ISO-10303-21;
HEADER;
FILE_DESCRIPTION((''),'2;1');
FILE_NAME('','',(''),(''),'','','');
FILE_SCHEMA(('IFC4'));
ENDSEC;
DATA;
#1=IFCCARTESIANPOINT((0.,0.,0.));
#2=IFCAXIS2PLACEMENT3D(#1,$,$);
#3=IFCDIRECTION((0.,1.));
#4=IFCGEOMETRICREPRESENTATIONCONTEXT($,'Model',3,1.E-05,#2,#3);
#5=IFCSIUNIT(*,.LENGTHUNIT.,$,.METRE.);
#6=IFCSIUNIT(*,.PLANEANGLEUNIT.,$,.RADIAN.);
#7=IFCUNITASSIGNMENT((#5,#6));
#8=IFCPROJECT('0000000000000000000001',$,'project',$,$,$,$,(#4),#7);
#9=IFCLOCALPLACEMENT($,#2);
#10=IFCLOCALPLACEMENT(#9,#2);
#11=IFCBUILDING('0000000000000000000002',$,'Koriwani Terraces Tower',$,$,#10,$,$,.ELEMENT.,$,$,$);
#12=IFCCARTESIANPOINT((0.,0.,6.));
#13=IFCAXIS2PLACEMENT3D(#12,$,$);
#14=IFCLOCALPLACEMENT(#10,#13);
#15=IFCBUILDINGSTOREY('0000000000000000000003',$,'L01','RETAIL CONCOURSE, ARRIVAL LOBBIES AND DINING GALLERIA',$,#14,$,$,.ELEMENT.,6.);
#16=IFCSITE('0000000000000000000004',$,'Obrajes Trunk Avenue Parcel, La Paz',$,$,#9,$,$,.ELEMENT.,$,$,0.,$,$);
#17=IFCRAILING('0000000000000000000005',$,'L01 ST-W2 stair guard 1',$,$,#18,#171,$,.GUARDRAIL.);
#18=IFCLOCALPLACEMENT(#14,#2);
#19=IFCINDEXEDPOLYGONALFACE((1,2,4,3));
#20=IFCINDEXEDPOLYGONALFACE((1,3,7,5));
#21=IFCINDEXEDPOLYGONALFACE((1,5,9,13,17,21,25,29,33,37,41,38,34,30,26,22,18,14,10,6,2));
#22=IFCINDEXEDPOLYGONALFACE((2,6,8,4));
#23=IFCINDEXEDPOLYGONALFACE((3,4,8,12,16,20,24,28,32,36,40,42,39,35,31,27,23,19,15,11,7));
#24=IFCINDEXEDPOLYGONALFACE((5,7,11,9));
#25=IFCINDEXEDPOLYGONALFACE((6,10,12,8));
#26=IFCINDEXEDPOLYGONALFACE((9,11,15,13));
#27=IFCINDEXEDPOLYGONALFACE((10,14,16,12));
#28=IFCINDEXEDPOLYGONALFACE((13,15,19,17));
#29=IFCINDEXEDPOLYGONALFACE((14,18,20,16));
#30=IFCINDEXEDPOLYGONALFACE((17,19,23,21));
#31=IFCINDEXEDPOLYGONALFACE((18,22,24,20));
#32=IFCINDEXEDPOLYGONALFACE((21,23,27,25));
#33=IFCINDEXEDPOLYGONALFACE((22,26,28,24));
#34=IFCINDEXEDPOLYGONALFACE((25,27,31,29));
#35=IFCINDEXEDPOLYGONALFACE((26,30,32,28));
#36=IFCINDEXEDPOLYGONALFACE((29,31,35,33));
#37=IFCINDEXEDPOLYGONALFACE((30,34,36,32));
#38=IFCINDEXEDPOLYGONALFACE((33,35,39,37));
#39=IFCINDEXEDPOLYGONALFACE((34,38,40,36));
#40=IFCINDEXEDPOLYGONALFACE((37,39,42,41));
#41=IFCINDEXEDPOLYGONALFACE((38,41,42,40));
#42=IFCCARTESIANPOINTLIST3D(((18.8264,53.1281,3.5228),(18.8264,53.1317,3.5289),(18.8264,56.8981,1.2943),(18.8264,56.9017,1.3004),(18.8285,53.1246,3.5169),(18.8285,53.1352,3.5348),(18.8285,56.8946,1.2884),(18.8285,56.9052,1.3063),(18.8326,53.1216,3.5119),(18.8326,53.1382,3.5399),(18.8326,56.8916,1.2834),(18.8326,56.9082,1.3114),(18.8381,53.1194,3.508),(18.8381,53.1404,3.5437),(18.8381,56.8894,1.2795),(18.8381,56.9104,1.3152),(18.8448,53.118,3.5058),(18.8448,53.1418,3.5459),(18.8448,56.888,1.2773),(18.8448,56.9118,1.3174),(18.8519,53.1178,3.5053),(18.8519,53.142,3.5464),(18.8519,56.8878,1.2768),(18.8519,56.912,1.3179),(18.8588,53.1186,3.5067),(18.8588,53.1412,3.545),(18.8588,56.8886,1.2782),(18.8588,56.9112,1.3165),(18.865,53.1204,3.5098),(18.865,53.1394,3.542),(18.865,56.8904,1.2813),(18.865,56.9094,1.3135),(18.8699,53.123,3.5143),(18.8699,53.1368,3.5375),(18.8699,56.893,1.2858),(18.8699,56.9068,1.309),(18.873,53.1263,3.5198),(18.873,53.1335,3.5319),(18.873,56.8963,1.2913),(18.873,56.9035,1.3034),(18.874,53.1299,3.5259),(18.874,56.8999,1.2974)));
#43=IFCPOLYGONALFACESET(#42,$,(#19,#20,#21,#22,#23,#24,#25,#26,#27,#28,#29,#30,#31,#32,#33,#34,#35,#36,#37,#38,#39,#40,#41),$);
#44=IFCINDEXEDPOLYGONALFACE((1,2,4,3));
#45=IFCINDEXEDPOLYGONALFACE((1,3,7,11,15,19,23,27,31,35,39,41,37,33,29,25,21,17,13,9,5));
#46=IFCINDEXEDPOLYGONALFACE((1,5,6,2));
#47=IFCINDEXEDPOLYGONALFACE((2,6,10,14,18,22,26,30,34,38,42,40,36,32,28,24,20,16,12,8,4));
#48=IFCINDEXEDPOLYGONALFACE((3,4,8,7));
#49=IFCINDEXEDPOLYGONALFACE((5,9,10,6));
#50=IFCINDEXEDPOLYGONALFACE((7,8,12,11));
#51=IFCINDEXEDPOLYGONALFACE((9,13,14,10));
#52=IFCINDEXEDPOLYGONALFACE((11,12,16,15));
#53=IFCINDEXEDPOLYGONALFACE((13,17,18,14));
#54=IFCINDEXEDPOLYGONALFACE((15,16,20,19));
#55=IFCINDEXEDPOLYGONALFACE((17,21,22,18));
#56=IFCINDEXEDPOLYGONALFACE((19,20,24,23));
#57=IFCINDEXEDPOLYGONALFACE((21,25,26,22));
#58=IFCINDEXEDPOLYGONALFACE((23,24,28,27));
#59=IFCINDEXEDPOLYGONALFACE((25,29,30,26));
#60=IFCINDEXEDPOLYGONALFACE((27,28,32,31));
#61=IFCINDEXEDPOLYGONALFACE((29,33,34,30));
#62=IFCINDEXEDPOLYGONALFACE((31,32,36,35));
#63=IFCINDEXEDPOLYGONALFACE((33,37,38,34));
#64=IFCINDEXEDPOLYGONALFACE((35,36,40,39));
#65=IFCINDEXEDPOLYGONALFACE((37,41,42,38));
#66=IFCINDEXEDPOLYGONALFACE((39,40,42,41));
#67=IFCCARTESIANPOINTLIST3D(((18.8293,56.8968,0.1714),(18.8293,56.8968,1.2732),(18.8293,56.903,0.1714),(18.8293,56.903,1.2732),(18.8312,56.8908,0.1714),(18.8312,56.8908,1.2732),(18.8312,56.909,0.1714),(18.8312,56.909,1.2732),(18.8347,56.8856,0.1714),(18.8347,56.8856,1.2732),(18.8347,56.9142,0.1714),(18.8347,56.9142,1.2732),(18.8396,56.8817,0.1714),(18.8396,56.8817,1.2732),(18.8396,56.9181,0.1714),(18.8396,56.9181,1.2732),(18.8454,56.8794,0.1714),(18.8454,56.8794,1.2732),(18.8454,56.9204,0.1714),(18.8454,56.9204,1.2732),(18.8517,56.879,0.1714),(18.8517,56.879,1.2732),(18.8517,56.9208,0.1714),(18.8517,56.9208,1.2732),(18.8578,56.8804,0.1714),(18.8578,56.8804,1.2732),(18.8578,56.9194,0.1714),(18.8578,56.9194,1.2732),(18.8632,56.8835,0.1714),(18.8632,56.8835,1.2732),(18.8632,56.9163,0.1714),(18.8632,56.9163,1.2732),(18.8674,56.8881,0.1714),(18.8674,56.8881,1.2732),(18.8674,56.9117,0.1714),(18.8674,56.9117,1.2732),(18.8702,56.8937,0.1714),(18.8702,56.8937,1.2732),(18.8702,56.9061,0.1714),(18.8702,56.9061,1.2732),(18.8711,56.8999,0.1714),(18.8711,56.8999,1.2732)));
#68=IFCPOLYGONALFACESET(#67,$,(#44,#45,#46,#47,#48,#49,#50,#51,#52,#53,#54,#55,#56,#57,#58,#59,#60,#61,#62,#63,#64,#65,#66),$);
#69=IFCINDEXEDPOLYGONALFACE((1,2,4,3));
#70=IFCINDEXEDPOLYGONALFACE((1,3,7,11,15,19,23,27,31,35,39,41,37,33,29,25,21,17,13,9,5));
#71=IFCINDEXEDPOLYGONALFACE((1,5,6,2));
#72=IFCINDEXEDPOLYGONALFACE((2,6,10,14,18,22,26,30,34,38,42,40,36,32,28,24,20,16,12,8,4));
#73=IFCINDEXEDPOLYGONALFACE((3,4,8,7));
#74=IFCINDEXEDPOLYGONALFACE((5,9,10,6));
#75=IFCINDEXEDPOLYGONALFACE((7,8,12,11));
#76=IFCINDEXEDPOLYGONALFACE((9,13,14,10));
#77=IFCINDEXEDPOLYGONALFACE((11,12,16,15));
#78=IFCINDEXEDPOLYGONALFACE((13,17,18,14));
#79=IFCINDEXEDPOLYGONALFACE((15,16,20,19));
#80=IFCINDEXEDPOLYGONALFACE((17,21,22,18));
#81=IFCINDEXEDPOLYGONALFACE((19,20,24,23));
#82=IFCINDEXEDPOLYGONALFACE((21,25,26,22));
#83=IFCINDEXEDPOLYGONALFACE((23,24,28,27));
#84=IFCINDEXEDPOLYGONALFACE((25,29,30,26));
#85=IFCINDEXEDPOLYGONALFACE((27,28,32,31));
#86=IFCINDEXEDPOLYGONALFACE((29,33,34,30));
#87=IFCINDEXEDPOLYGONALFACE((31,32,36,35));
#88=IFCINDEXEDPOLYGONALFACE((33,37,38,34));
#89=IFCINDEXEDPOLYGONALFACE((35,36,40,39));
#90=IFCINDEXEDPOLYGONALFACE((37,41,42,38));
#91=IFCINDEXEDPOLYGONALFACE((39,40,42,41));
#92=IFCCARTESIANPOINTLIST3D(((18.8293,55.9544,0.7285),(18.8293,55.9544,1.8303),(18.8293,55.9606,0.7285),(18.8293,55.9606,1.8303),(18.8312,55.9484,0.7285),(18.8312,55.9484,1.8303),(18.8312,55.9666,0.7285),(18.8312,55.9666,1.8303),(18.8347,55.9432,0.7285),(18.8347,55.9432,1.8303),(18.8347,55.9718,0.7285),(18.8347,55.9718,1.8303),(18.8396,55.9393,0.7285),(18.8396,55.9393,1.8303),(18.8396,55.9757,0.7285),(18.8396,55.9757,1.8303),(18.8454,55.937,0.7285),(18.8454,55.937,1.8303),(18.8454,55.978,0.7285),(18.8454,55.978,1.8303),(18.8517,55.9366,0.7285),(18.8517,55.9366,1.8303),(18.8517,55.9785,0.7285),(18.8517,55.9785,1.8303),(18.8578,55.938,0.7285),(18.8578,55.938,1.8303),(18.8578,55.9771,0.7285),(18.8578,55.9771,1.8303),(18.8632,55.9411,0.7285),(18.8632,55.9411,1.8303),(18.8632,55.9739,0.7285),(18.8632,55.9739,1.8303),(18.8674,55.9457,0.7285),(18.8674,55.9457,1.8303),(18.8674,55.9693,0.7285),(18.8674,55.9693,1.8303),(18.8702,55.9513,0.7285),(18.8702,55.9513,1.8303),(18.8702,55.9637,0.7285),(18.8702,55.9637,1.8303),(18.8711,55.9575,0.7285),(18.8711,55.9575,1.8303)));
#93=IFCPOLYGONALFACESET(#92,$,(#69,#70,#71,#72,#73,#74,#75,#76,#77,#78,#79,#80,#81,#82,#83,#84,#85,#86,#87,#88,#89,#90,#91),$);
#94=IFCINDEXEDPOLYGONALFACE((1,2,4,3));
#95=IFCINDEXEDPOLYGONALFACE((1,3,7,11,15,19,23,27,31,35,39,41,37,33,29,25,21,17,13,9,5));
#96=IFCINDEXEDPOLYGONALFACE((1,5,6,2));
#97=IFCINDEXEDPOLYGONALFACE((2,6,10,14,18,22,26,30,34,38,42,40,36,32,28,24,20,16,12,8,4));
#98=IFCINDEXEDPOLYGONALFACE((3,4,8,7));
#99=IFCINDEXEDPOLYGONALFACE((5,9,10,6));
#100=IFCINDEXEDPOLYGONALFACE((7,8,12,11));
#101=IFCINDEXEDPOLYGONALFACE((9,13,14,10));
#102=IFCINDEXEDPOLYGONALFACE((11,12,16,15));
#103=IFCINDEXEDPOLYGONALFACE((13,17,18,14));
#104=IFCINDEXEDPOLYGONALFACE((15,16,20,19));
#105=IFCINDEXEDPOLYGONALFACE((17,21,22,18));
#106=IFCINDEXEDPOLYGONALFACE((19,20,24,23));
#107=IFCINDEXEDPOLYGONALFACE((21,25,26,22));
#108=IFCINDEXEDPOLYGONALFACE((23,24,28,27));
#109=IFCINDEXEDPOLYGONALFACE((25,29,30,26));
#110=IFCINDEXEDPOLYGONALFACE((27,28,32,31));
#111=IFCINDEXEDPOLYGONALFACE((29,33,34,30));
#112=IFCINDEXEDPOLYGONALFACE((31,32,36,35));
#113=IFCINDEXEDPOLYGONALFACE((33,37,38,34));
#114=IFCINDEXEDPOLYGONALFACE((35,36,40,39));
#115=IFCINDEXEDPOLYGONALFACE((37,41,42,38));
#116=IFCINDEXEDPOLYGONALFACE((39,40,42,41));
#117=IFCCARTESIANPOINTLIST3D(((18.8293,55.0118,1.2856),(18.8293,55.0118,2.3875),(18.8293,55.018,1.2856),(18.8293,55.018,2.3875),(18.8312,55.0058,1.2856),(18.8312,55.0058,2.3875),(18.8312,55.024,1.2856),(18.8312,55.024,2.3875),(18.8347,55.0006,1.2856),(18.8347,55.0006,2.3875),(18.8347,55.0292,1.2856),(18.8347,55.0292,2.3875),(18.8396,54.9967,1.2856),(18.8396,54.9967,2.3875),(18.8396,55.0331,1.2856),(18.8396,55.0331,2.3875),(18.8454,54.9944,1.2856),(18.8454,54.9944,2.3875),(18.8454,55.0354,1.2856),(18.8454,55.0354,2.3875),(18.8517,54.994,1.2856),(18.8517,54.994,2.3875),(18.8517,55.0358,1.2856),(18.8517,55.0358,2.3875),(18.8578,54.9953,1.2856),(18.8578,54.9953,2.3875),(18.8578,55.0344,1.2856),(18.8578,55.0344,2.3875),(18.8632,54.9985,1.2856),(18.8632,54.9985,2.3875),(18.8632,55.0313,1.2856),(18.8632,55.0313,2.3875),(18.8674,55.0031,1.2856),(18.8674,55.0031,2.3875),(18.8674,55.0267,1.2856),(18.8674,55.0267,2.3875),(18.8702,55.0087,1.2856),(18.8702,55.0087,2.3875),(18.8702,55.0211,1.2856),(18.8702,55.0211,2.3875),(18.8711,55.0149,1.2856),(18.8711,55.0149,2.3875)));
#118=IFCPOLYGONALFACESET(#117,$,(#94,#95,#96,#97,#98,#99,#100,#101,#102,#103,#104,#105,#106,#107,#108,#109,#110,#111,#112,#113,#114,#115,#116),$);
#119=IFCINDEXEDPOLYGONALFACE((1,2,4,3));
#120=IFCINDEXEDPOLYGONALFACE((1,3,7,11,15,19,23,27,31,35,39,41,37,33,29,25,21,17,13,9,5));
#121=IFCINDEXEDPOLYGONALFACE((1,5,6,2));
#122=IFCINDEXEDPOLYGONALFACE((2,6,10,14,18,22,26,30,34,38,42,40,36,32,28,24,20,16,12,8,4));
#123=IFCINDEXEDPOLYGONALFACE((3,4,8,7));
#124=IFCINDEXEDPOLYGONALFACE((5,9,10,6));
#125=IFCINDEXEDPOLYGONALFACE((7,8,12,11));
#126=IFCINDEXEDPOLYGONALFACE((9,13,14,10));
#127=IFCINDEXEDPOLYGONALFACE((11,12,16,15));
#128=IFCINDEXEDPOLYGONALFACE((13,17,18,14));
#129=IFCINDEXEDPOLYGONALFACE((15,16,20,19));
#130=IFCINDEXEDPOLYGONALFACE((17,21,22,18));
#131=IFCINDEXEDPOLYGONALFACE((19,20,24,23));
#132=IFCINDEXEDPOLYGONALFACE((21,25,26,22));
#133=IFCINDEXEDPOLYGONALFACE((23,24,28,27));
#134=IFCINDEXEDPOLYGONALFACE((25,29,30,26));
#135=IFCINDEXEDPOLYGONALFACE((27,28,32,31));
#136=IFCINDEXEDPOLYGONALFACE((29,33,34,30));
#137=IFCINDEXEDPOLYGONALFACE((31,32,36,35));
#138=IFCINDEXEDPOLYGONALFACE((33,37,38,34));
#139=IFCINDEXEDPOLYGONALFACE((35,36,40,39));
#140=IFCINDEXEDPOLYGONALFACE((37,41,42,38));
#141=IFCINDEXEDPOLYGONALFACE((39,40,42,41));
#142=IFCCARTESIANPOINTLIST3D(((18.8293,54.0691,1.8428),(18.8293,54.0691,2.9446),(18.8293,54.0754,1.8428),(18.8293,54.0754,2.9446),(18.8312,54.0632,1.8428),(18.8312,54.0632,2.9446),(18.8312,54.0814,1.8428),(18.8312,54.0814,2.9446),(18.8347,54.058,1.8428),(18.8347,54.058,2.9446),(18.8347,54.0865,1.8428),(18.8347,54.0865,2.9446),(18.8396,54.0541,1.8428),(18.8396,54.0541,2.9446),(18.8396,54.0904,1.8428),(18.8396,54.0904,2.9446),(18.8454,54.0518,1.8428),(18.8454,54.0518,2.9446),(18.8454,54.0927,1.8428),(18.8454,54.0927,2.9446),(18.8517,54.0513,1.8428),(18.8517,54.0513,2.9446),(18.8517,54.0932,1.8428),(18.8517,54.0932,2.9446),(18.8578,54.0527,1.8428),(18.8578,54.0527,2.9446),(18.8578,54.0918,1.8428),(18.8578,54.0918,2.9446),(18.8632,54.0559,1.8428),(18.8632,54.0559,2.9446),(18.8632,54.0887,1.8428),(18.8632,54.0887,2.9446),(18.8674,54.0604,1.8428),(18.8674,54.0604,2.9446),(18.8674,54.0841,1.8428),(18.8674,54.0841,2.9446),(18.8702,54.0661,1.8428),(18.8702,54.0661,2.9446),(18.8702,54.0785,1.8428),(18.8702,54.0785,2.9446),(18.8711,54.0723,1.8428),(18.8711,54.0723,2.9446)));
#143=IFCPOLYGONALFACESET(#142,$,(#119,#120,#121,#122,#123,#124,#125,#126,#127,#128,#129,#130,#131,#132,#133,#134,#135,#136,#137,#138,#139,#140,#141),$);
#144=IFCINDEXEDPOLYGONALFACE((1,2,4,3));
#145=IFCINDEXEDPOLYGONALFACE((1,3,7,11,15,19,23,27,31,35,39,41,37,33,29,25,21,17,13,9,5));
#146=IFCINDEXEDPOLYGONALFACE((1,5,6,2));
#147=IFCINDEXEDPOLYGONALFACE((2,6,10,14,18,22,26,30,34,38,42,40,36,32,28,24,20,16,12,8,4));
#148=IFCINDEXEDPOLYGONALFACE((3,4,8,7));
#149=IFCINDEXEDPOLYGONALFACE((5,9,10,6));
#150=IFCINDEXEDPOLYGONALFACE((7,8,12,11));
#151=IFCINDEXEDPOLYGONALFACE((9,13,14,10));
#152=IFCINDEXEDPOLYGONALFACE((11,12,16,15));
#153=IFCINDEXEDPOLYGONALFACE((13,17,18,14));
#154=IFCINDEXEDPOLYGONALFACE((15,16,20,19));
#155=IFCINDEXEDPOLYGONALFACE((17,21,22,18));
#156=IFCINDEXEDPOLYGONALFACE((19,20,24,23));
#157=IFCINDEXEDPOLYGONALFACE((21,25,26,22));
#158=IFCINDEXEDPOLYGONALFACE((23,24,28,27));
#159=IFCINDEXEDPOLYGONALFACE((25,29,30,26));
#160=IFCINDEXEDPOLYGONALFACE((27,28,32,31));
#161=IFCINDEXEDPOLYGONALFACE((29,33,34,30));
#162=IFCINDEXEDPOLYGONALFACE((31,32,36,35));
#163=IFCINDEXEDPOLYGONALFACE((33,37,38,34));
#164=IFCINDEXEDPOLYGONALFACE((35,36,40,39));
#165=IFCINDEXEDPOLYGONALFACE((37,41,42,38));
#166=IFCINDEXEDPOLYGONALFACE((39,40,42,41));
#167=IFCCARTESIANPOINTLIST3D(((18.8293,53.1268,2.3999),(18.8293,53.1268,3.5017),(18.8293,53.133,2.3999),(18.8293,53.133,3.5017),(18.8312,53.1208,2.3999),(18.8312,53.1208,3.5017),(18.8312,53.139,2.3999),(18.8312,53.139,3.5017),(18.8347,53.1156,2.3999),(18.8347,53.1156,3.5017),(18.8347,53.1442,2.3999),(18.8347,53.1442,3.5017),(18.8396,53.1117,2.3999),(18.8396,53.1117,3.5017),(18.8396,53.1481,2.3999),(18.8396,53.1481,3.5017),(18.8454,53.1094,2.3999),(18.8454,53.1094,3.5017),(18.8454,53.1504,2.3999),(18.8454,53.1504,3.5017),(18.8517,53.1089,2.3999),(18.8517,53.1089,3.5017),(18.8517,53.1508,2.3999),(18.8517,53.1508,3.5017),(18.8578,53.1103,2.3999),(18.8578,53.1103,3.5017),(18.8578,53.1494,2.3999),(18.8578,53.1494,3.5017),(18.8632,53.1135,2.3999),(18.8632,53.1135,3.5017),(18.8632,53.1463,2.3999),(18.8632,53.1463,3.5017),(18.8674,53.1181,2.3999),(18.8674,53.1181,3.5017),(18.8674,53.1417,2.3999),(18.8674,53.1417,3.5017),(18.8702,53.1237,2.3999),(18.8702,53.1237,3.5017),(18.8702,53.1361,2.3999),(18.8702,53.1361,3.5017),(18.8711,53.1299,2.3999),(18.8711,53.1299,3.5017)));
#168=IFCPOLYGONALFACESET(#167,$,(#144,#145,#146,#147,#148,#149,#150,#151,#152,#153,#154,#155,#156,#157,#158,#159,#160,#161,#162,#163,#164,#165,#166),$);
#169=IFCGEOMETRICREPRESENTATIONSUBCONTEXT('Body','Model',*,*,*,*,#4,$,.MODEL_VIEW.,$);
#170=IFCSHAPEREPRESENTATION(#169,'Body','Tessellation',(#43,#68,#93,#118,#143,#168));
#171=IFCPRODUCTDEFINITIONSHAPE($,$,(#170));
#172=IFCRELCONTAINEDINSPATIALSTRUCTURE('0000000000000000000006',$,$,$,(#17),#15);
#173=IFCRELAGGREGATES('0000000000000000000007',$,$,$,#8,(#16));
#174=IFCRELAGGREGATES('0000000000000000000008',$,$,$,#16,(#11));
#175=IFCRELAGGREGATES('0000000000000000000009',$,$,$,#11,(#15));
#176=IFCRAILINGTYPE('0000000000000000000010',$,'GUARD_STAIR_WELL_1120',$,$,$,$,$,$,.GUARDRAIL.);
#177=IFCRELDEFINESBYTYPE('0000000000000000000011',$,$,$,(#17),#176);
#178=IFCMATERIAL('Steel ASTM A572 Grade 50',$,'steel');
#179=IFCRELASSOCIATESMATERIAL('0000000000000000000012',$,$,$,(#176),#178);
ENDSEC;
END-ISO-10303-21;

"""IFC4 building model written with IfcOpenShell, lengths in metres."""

from ifc_helpers import new_model, si_unit, direction, frame, origin, origin_2d, place, context, subcontext, project, spatial, circle, extrude, material, type_object, element, save


model = new_model("IFC4")

# Units and contexts
model_context = context("Model", 3, precision=1e-05, world=origin(), true_north=direction((0.0, 1.0)))
body_context = subcontext(model_context, "Body", "Model", "MODEL_VIEW")
ifc_project = project(units=[si_unit("LENGTHUNIT", "METRE"), si_unit("PLANEANGLEUNIT", "RADIAN")], contexts=[model_context])

# Site, building, storey
site_placement = place(None, origin())
site = spatial("IfcSite", under=ifc_project, at=site_placement, Name="Obrajes Trunk Avenue Parcel, La Paz", CompositionType="ELEMENT", RefElevation=0.0)
building_placement = place(site_placement, origin())
building = spatial("IfcBuilding", under=site, at=building_placement, Name="Koriwani Terraces Tower", CompositionType="ELEMENT")
storey_placement = place(building_placement, frame((0.0, 0.0, 6.0)))
storey = spatial("IfcBuildingStorey", under=building, at=storey_placement, Name="L01", Description="RETAIL CONCOURSE, ARRIVAL LOBBIES AND DINING GALLERIA", CompositionType="ELEMENT", Elevation=6.0)

# Shared definitions
ifc_material_1 = material(Name="Steel ASTM A572 Grade 50", Category="steel")

# Railing
railing_type_1 = type_object("IfcRailingType", Name="GUARD_STAIR_WELL_1120", PredefinedType="GUARDRAIL", material=ifc_material_1)
railing_1_placement = place(storey_placement, frame((18.8501, 56.8999, 0.1714)))
element("IfcRailing", 1, at=railing_1_placement, inside=storey, type_object=railing_type_1, Name="L01 ST-W2 stair guard 1", PredefinedType="GUARDRAIL", context=body_context, shape_type="SweptSolid", body=[
    extrude(circle(Radius=0.0239, at=origin_2d()), frame((0.0, 0.0, 1.126), z_axis=(0.0, -0.860849, 0.508861), x_axis=(1.0, 0.0, 0.0)), (0.0, 0.0, 1.0), 4.3794),
    extrude(circle(Radius=0.021, at=origin_2d()), origin(), (0.0, 0.0, 1.0), 1.1018),
    extrude(circle(Radius=0.021, at=origin_2d()), frame((0.0, -0.9424, 0.5571)), (0.0, 0.0, 1.0), 1.1018),
    extrude(circle(Radius=0.021, at=origin_2d()), frame((0.0, -1.885, 1.1143)), (0.0, 0.0, 1.0), 1.1018),
    extrude(circle(Radius=0.021, at=origin_2d()), frame((0.0, -2.8276, 1.6714)), (0.0, 0.0, 1.0), 1.1018),
    extrude(circle(Radius=0.021, at=origin_2d()), frame((0.0, -3.77, 2.2285)), (0.0, 0.0, 1.0), 1.1018),
])

save(model, "model.ifc")
